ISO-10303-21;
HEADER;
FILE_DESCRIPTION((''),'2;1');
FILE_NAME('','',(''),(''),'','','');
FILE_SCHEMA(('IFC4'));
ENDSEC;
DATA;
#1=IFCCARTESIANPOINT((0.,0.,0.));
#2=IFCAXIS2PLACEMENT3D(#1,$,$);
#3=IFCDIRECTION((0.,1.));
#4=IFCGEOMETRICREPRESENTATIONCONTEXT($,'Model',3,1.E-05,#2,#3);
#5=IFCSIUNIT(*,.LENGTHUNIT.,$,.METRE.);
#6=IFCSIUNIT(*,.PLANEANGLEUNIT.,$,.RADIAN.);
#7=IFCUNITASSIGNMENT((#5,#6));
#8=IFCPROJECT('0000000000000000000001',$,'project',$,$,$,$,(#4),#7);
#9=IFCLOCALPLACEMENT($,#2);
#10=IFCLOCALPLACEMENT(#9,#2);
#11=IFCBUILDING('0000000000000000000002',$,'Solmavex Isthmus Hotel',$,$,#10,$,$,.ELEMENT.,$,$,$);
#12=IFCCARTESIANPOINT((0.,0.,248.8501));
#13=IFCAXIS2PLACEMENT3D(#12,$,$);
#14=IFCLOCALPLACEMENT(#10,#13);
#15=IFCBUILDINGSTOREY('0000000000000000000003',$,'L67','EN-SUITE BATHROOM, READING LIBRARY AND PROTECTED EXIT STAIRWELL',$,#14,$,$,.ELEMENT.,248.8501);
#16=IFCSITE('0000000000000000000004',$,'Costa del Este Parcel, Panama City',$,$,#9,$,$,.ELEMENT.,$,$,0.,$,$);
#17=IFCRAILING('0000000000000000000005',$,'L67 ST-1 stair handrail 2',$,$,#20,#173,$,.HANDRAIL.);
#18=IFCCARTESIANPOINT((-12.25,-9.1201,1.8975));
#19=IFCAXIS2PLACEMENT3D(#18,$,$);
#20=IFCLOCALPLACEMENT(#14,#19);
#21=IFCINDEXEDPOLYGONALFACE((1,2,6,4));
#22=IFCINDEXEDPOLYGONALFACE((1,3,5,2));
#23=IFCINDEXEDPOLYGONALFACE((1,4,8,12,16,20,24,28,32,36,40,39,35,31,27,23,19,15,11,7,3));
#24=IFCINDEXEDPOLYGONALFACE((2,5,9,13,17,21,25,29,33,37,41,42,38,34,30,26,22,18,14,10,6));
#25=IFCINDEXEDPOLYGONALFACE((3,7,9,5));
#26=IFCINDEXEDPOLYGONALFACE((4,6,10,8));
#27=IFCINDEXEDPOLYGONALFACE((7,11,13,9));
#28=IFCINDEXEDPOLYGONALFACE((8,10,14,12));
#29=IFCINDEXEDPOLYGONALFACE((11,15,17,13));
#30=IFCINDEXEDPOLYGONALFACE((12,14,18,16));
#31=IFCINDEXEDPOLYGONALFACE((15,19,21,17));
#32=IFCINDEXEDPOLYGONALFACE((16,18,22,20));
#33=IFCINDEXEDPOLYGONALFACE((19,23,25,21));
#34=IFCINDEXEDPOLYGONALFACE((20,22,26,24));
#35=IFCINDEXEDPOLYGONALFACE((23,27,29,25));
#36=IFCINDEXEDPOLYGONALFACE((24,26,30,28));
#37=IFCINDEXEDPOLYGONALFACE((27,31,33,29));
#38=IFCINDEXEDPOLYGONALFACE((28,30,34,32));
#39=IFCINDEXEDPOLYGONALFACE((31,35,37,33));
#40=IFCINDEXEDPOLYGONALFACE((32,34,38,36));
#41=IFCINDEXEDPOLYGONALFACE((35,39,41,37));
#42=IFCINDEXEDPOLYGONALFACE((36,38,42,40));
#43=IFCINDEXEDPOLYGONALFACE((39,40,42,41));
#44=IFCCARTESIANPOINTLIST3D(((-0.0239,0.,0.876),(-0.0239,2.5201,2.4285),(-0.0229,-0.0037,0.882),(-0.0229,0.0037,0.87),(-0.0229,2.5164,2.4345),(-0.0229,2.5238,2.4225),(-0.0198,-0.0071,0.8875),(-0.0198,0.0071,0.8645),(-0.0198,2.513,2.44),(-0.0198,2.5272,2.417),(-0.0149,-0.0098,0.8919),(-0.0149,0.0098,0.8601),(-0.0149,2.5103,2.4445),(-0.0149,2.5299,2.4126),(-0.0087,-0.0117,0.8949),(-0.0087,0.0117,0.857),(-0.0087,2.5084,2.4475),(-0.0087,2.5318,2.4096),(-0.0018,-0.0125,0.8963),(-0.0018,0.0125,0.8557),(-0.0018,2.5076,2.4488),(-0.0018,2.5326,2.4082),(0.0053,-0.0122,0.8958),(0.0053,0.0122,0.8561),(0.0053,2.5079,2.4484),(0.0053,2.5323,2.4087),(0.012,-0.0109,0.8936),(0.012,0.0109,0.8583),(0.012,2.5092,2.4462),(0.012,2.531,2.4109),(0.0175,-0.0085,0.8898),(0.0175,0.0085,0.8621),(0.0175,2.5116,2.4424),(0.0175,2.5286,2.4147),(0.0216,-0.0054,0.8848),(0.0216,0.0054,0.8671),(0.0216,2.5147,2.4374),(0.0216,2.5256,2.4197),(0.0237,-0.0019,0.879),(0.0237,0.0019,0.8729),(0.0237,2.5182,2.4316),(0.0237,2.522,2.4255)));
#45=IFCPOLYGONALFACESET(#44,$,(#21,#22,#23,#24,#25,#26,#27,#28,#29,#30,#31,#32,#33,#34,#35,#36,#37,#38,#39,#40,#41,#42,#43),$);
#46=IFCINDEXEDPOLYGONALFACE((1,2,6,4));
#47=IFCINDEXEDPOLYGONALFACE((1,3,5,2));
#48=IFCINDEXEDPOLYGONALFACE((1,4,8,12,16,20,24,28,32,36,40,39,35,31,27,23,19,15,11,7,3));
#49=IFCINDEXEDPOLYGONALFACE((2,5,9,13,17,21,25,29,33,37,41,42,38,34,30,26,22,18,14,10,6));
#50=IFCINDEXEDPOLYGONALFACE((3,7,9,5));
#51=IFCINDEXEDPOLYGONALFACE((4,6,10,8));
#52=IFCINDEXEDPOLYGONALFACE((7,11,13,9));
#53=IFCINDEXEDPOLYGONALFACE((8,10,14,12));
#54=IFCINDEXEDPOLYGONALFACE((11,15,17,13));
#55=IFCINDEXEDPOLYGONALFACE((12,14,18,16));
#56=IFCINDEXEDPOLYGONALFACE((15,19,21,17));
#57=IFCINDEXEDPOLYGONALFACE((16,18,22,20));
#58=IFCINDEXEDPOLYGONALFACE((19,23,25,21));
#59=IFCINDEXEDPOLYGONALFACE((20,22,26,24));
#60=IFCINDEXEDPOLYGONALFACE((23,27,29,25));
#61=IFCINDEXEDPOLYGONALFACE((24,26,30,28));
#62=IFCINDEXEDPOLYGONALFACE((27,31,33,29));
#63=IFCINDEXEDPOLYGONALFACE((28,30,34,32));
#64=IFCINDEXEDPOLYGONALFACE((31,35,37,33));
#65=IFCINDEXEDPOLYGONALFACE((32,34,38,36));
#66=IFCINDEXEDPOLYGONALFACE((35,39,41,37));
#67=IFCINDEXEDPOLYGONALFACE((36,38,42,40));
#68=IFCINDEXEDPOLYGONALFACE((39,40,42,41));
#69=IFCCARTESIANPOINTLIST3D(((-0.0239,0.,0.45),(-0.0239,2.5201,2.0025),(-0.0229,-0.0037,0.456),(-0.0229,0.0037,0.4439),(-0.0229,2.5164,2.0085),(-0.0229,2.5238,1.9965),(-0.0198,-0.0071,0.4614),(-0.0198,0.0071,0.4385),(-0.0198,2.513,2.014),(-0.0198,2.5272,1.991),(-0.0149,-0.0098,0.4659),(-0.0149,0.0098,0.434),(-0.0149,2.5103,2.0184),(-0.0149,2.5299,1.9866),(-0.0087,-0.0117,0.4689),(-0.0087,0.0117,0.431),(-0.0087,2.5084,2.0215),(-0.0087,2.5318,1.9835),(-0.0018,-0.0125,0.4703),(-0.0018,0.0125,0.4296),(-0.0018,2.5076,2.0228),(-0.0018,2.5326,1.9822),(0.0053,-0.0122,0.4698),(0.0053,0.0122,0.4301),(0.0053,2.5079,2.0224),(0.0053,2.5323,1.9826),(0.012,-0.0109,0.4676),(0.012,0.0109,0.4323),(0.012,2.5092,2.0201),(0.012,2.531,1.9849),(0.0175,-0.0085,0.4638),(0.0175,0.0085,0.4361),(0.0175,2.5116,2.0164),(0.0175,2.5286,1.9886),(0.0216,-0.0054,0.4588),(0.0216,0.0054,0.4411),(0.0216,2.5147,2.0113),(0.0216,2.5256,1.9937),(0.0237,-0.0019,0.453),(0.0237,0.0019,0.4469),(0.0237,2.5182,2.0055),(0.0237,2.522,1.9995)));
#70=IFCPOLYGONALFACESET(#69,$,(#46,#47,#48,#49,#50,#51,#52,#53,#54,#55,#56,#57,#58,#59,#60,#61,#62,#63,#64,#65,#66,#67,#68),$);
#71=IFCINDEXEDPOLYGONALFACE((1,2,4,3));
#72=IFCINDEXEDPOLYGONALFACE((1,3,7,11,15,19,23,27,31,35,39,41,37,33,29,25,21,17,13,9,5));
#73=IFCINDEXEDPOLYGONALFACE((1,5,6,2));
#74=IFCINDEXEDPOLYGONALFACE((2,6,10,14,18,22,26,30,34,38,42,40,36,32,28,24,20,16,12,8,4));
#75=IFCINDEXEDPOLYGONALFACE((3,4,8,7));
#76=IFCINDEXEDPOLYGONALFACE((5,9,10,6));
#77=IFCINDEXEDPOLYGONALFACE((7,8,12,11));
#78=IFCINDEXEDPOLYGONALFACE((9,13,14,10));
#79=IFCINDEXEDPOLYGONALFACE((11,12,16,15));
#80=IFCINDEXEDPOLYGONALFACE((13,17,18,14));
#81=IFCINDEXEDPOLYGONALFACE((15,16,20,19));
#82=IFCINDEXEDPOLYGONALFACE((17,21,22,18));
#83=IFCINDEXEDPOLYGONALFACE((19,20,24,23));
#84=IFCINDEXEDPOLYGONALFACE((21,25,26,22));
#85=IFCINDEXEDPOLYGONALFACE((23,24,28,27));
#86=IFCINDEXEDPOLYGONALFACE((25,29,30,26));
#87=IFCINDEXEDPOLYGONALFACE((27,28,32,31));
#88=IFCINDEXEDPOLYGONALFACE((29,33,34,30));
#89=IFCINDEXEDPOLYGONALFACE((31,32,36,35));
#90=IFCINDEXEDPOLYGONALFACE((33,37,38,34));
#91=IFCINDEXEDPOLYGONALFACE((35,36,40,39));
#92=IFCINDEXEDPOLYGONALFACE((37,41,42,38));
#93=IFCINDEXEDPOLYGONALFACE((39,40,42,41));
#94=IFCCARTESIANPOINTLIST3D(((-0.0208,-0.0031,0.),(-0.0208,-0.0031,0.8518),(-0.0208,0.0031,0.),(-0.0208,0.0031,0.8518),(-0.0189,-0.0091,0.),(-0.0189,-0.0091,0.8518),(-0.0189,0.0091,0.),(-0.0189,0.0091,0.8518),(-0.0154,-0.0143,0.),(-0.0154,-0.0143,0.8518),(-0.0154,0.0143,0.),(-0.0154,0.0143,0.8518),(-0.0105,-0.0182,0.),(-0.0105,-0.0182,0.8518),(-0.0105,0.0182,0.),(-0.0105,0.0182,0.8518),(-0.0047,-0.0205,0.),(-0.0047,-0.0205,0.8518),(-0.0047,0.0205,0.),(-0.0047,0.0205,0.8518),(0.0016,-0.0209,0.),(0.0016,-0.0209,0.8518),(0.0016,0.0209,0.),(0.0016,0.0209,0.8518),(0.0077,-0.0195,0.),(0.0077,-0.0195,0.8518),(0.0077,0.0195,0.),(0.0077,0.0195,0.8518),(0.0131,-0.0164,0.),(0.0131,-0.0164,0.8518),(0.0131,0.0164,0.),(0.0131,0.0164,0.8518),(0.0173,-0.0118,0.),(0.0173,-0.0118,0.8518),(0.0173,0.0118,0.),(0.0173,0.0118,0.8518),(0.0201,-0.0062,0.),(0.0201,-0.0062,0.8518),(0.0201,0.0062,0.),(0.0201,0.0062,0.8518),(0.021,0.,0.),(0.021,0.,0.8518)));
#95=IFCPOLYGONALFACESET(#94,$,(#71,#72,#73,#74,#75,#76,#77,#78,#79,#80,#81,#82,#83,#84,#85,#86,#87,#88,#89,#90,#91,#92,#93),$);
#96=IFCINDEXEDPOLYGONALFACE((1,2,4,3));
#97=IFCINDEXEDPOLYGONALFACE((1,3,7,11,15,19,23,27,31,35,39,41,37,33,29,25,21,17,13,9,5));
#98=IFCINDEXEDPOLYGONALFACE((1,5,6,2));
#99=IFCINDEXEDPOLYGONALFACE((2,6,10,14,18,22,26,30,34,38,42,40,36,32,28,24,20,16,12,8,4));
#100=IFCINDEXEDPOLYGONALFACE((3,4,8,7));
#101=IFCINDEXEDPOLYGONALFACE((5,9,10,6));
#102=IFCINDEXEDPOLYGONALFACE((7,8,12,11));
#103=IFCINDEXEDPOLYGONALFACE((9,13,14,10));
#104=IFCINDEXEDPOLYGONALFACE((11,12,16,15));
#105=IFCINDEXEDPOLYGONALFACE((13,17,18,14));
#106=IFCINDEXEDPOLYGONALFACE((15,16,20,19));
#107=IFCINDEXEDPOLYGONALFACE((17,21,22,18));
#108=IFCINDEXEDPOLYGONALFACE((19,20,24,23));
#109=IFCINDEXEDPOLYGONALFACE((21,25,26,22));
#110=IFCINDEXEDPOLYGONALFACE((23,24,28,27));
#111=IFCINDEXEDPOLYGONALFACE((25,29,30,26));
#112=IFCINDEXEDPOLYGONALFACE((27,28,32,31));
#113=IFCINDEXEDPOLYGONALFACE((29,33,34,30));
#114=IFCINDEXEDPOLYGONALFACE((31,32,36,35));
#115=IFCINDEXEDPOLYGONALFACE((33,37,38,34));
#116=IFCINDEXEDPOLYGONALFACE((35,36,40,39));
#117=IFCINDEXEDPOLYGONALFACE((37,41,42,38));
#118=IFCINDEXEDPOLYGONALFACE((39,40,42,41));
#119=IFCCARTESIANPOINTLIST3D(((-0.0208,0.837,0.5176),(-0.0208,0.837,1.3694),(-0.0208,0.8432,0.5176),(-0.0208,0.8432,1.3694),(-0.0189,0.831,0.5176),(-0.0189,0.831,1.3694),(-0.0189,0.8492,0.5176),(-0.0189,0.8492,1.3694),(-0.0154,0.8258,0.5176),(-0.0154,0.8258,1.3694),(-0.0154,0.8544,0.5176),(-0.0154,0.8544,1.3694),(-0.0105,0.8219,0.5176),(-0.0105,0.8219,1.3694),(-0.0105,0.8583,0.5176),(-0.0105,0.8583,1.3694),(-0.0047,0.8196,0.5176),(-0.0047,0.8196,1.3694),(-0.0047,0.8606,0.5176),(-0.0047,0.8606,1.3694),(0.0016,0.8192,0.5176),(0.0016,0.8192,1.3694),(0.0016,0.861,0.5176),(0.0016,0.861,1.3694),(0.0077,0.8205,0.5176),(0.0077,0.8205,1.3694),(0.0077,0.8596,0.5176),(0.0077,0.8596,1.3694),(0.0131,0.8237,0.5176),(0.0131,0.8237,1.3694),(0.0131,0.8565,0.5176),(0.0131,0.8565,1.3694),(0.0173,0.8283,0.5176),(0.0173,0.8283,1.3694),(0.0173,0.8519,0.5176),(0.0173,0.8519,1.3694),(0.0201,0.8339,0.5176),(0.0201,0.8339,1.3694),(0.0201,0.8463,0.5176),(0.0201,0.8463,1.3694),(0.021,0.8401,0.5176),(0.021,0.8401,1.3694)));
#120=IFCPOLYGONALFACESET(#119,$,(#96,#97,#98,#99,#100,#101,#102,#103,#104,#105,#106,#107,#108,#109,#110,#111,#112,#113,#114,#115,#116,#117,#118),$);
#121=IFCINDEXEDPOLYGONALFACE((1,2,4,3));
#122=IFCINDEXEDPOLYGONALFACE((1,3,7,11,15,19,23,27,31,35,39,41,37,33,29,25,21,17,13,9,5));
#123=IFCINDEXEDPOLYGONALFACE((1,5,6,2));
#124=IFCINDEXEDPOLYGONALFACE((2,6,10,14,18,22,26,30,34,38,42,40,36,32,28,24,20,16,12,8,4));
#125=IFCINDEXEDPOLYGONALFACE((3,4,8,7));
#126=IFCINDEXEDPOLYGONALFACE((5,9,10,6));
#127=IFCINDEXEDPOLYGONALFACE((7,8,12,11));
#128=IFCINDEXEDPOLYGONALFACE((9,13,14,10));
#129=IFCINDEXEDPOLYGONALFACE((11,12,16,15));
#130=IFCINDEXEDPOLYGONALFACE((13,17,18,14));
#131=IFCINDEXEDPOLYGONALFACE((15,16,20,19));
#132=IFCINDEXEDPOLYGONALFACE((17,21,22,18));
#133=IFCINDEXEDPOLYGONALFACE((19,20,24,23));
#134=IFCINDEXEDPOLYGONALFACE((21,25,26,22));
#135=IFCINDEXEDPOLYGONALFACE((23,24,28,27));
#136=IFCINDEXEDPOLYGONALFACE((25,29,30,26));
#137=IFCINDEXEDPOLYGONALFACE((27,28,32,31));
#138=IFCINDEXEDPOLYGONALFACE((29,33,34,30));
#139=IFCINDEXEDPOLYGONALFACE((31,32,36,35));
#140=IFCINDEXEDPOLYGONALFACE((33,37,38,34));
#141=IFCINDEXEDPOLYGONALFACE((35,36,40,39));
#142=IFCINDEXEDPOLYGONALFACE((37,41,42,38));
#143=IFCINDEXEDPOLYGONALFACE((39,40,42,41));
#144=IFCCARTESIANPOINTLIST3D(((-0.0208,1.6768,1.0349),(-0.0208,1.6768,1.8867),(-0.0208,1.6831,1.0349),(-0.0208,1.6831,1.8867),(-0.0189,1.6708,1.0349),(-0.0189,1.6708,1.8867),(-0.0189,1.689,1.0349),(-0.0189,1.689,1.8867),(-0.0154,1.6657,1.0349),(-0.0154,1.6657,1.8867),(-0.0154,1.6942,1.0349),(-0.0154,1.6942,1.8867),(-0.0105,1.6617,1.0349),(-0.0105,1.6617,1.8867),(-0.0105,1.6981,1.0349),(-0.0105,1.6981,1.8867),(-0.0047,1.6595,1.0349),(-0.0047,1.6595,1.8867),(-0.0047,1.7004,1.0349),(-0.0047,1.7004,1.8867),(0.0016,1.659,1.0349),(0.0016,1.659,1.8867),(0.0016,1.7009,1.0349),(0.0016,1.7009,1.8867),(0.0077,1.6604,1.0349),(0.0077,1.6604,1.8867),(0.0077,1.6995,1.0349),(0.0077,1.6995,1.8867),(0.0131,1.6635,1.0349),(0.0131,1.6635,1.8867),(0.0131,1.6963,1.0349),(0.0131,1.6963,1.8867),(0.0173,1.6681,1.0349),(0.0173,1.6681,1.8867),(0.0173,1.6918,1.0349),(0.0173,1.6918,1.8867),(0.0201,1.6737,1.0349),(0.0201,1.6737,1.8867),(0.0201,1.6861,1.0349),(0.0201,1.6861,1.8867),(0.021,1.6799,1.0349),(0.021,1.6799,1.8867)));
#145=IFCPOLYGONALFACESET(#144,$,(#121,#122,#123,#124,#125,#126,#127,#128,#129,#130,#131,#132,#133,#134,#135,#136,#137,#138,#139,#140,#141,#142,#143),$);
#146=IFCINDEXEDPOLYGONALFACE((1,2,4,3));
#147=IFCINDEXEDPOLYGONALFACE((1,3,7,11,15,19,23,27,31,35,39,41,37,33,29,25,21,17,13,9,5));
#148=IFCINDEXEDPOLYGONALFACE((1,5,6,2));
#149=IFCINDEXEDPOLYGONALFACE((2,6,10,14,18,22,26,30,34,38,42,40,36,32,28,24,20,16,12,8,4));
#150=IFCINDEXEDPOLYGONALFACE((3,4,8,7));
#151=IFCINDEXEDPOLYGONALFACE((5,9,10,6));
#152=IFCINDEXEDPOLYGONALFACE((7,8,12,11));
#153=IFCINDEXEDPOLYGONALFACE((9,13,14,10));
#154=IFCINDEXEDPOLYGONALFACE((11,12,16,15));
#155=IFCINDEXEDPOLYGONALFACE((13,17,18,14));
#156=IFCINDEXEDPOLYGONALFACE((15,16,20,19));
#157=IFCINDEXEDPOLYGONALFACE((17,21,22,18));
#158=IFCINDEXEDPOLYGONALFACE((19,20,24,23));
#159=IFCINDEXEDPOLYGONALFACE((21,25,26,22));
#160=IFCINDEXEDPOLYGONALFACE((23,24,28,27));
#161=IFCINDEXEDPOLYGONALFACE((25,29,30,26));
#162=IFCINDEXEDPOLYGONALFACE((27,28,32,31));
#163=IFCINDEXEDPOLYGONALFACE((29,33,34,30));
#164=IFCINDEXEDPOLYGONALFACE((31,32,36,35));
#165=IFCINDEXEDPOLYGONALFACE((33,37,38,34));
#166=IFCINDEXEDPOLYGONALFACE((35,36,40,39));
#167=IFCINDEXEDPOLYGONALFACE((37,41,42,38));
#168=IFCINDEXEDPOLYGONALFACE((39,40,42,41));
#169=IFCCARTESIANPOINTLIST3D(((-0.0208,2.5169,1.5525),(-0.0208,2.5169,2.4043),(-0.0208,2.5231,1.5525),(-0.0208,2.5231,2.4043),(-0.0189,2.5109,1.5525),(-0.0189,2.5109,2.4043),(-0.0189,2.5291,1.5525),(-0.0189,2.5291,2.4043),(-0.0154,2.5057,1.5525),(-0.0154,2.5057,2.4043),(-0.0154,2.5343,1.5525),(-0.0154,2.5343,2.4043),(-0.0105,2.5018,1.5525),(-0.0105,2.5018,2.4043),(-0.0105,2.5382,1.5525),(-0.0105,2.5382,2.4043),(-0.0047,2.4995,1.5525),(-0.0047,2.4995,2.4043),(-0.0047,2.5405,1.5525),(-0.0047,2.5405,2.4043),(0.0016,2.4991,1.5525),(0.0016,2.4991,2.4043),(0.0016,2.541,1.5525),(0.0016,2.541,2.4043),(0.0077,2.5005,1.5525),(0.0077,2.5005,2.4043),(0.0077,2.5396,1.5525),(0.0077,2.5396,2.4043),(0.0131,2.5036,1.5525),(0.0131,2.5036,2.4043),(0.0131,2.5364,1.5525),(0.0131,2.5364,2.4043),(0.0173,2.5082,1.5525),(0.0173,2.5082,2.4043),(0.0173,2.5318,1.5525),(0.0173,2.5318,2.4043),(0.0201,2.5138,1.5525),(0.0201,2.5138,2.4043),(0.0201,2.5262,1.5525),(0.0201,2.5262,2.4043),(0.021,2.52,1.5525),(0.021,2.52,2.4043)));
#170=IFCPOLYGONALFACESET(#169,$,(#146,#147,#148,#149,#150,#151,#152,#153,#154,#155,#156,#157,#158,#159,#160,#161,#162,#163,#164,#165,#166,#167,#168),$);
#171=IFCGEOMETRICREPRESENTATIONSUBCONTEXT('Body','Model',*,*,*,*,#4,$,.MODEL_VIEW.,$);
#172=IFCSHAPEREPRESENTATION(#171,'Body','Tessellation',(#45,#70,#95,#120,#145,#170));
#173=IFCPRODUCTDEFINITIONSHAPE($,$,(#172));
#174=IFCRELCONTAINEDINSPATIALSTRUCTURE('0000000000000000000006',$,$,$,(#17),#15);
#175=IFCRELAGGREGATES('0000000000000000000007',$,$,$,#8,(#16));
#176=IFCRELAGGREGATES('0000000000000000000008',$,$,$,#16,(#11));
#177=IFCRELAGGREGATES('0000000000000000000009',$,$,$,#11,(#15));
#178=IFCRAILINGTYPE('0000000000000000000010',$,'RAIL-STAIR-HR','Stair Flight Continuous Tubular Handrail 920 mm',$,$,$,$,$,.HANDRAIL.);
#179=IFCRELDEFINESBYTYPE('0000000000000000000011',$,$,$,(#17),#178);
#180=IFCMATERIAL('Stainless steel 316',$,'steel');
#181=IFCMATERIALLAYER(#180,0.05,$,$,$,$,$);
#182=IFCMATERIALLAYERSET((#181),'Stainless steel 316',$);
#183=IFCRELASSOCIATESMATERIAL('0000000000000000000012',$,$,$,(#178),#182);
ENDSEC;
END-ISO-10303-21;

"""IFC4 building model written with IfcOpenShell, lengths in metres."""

from ifc_helpers import new_model, si_unit, direction, frame, origin, origin_2d, place, context, subcontext, project, spatial, circle, extrude, material, layer, layer_set, type_object, element, save


model = new_model("IFC4")

# Units and contexts
model_context = context("Model", 3, precision=1e-05, world=origin(), true_north=direction((0.0, 1.0)))
body_context = subcontext(model_context, "Body", "Model", "MODEL_VIEW")
ifc_project = project(units=[si_unit("LENGTHUNIT", "METRE"), si_unit("PLANEANGLEUNIT", "RADIAN")], contexts=[model_context])

# Site, building, storey
site_placement = place(None, origin())
site = spatial("IfcSite", under=ifc_project, at=site_placement, Name="Costa del Este Parcel, Panama City", CompositionType="ELEMENT", RefElevation=0.0)
building_placement = place(site_placement, origin())
building = spatial("IfcBuilding", under=site, at=building_placement, Name="Solmavex Isthmus Hotel", CompositionType="ELEMENT")
storey_placement = place(building_placement, frame((0.0, 0.0, 248.8501)))
storey = spatial("IfcBuildingStorey", under=building, at=storey_placement, Name="L67", Description="EN-SUITE BATHROOM, READING LIBRARY AND PROTECTED EXIT STAIRWELL", CompositionType="ELEMENT", Elevation=248.8501)

# Shared definitions
ifc_material_1 = material(Name="Stainless steel 316", Category="steel")

# Railing
ifc_layer_1 = layer(ifc_material_1, 0.05)
ifc_layer_set_1 = layer_set([ifc_layer_1], Name="Stainless steel 316")
railing_type = type_object("IfcRailingType", Name="RAIL-STAIR-HR", Description="Stair Flight Continuous Tubular Handrail 920 mm", PredefinedType="HANDRAIL", material=ifc_layer_set_1)
railing_placement = place(storey_placement, frame((-12.25, -9.1201, 1.8975)))
element("IfcRailing", 1, at=railing_placement, inside=storey, type_object=railing_type, Name="L67 ST-1 stair handrail 2", PredefinedType="HANDRAIL", context=body_context, shape_type="SweptSolid", body=[
    extrude(circle(Radius=0.0239, at=origin_2d()), frame((0.0, 0.0, 0.876), z_axis=(0.0, 0.8514, 0.524516), x_axis=(-1.0, 0.0, 0.0)), (0.0, 0.0, 1.0), 2.96),
    extrude(circle(Radius=0.0239, at=origin_2d()), frame((0.0, 0.0, 0.45), z_axis=(0.0, 0.8514, 0.524516), x_axis=(-1.0, 0.0, 0.0)), (0.0, 0.0, 1.0), 2.96),
    extrude(circle(Radius=0.021, at=origin_2d()), origin(), (0.0, 0.0, 1.0), 0.8518),
    extrude(circle(Radius=0.021, at=origin_2d()), frame((0.0, 0.8401, 0.5176)), (0.0, 0.0, 1.0), 0.8518),
    extrude(circle(Radius=0.021, at=origin_2d()), frame((0.0, 1.6799, 1.0349)), (0.0, 0.0, 1.0), 0.8518),
    extrude(circle(Radius=0.021, at=origin_2d()), frame((0.0, 2.52, 1.5525)), (0.0, 0.0, 1.0), 0.8518),
])

save(model, "model.ifc")
